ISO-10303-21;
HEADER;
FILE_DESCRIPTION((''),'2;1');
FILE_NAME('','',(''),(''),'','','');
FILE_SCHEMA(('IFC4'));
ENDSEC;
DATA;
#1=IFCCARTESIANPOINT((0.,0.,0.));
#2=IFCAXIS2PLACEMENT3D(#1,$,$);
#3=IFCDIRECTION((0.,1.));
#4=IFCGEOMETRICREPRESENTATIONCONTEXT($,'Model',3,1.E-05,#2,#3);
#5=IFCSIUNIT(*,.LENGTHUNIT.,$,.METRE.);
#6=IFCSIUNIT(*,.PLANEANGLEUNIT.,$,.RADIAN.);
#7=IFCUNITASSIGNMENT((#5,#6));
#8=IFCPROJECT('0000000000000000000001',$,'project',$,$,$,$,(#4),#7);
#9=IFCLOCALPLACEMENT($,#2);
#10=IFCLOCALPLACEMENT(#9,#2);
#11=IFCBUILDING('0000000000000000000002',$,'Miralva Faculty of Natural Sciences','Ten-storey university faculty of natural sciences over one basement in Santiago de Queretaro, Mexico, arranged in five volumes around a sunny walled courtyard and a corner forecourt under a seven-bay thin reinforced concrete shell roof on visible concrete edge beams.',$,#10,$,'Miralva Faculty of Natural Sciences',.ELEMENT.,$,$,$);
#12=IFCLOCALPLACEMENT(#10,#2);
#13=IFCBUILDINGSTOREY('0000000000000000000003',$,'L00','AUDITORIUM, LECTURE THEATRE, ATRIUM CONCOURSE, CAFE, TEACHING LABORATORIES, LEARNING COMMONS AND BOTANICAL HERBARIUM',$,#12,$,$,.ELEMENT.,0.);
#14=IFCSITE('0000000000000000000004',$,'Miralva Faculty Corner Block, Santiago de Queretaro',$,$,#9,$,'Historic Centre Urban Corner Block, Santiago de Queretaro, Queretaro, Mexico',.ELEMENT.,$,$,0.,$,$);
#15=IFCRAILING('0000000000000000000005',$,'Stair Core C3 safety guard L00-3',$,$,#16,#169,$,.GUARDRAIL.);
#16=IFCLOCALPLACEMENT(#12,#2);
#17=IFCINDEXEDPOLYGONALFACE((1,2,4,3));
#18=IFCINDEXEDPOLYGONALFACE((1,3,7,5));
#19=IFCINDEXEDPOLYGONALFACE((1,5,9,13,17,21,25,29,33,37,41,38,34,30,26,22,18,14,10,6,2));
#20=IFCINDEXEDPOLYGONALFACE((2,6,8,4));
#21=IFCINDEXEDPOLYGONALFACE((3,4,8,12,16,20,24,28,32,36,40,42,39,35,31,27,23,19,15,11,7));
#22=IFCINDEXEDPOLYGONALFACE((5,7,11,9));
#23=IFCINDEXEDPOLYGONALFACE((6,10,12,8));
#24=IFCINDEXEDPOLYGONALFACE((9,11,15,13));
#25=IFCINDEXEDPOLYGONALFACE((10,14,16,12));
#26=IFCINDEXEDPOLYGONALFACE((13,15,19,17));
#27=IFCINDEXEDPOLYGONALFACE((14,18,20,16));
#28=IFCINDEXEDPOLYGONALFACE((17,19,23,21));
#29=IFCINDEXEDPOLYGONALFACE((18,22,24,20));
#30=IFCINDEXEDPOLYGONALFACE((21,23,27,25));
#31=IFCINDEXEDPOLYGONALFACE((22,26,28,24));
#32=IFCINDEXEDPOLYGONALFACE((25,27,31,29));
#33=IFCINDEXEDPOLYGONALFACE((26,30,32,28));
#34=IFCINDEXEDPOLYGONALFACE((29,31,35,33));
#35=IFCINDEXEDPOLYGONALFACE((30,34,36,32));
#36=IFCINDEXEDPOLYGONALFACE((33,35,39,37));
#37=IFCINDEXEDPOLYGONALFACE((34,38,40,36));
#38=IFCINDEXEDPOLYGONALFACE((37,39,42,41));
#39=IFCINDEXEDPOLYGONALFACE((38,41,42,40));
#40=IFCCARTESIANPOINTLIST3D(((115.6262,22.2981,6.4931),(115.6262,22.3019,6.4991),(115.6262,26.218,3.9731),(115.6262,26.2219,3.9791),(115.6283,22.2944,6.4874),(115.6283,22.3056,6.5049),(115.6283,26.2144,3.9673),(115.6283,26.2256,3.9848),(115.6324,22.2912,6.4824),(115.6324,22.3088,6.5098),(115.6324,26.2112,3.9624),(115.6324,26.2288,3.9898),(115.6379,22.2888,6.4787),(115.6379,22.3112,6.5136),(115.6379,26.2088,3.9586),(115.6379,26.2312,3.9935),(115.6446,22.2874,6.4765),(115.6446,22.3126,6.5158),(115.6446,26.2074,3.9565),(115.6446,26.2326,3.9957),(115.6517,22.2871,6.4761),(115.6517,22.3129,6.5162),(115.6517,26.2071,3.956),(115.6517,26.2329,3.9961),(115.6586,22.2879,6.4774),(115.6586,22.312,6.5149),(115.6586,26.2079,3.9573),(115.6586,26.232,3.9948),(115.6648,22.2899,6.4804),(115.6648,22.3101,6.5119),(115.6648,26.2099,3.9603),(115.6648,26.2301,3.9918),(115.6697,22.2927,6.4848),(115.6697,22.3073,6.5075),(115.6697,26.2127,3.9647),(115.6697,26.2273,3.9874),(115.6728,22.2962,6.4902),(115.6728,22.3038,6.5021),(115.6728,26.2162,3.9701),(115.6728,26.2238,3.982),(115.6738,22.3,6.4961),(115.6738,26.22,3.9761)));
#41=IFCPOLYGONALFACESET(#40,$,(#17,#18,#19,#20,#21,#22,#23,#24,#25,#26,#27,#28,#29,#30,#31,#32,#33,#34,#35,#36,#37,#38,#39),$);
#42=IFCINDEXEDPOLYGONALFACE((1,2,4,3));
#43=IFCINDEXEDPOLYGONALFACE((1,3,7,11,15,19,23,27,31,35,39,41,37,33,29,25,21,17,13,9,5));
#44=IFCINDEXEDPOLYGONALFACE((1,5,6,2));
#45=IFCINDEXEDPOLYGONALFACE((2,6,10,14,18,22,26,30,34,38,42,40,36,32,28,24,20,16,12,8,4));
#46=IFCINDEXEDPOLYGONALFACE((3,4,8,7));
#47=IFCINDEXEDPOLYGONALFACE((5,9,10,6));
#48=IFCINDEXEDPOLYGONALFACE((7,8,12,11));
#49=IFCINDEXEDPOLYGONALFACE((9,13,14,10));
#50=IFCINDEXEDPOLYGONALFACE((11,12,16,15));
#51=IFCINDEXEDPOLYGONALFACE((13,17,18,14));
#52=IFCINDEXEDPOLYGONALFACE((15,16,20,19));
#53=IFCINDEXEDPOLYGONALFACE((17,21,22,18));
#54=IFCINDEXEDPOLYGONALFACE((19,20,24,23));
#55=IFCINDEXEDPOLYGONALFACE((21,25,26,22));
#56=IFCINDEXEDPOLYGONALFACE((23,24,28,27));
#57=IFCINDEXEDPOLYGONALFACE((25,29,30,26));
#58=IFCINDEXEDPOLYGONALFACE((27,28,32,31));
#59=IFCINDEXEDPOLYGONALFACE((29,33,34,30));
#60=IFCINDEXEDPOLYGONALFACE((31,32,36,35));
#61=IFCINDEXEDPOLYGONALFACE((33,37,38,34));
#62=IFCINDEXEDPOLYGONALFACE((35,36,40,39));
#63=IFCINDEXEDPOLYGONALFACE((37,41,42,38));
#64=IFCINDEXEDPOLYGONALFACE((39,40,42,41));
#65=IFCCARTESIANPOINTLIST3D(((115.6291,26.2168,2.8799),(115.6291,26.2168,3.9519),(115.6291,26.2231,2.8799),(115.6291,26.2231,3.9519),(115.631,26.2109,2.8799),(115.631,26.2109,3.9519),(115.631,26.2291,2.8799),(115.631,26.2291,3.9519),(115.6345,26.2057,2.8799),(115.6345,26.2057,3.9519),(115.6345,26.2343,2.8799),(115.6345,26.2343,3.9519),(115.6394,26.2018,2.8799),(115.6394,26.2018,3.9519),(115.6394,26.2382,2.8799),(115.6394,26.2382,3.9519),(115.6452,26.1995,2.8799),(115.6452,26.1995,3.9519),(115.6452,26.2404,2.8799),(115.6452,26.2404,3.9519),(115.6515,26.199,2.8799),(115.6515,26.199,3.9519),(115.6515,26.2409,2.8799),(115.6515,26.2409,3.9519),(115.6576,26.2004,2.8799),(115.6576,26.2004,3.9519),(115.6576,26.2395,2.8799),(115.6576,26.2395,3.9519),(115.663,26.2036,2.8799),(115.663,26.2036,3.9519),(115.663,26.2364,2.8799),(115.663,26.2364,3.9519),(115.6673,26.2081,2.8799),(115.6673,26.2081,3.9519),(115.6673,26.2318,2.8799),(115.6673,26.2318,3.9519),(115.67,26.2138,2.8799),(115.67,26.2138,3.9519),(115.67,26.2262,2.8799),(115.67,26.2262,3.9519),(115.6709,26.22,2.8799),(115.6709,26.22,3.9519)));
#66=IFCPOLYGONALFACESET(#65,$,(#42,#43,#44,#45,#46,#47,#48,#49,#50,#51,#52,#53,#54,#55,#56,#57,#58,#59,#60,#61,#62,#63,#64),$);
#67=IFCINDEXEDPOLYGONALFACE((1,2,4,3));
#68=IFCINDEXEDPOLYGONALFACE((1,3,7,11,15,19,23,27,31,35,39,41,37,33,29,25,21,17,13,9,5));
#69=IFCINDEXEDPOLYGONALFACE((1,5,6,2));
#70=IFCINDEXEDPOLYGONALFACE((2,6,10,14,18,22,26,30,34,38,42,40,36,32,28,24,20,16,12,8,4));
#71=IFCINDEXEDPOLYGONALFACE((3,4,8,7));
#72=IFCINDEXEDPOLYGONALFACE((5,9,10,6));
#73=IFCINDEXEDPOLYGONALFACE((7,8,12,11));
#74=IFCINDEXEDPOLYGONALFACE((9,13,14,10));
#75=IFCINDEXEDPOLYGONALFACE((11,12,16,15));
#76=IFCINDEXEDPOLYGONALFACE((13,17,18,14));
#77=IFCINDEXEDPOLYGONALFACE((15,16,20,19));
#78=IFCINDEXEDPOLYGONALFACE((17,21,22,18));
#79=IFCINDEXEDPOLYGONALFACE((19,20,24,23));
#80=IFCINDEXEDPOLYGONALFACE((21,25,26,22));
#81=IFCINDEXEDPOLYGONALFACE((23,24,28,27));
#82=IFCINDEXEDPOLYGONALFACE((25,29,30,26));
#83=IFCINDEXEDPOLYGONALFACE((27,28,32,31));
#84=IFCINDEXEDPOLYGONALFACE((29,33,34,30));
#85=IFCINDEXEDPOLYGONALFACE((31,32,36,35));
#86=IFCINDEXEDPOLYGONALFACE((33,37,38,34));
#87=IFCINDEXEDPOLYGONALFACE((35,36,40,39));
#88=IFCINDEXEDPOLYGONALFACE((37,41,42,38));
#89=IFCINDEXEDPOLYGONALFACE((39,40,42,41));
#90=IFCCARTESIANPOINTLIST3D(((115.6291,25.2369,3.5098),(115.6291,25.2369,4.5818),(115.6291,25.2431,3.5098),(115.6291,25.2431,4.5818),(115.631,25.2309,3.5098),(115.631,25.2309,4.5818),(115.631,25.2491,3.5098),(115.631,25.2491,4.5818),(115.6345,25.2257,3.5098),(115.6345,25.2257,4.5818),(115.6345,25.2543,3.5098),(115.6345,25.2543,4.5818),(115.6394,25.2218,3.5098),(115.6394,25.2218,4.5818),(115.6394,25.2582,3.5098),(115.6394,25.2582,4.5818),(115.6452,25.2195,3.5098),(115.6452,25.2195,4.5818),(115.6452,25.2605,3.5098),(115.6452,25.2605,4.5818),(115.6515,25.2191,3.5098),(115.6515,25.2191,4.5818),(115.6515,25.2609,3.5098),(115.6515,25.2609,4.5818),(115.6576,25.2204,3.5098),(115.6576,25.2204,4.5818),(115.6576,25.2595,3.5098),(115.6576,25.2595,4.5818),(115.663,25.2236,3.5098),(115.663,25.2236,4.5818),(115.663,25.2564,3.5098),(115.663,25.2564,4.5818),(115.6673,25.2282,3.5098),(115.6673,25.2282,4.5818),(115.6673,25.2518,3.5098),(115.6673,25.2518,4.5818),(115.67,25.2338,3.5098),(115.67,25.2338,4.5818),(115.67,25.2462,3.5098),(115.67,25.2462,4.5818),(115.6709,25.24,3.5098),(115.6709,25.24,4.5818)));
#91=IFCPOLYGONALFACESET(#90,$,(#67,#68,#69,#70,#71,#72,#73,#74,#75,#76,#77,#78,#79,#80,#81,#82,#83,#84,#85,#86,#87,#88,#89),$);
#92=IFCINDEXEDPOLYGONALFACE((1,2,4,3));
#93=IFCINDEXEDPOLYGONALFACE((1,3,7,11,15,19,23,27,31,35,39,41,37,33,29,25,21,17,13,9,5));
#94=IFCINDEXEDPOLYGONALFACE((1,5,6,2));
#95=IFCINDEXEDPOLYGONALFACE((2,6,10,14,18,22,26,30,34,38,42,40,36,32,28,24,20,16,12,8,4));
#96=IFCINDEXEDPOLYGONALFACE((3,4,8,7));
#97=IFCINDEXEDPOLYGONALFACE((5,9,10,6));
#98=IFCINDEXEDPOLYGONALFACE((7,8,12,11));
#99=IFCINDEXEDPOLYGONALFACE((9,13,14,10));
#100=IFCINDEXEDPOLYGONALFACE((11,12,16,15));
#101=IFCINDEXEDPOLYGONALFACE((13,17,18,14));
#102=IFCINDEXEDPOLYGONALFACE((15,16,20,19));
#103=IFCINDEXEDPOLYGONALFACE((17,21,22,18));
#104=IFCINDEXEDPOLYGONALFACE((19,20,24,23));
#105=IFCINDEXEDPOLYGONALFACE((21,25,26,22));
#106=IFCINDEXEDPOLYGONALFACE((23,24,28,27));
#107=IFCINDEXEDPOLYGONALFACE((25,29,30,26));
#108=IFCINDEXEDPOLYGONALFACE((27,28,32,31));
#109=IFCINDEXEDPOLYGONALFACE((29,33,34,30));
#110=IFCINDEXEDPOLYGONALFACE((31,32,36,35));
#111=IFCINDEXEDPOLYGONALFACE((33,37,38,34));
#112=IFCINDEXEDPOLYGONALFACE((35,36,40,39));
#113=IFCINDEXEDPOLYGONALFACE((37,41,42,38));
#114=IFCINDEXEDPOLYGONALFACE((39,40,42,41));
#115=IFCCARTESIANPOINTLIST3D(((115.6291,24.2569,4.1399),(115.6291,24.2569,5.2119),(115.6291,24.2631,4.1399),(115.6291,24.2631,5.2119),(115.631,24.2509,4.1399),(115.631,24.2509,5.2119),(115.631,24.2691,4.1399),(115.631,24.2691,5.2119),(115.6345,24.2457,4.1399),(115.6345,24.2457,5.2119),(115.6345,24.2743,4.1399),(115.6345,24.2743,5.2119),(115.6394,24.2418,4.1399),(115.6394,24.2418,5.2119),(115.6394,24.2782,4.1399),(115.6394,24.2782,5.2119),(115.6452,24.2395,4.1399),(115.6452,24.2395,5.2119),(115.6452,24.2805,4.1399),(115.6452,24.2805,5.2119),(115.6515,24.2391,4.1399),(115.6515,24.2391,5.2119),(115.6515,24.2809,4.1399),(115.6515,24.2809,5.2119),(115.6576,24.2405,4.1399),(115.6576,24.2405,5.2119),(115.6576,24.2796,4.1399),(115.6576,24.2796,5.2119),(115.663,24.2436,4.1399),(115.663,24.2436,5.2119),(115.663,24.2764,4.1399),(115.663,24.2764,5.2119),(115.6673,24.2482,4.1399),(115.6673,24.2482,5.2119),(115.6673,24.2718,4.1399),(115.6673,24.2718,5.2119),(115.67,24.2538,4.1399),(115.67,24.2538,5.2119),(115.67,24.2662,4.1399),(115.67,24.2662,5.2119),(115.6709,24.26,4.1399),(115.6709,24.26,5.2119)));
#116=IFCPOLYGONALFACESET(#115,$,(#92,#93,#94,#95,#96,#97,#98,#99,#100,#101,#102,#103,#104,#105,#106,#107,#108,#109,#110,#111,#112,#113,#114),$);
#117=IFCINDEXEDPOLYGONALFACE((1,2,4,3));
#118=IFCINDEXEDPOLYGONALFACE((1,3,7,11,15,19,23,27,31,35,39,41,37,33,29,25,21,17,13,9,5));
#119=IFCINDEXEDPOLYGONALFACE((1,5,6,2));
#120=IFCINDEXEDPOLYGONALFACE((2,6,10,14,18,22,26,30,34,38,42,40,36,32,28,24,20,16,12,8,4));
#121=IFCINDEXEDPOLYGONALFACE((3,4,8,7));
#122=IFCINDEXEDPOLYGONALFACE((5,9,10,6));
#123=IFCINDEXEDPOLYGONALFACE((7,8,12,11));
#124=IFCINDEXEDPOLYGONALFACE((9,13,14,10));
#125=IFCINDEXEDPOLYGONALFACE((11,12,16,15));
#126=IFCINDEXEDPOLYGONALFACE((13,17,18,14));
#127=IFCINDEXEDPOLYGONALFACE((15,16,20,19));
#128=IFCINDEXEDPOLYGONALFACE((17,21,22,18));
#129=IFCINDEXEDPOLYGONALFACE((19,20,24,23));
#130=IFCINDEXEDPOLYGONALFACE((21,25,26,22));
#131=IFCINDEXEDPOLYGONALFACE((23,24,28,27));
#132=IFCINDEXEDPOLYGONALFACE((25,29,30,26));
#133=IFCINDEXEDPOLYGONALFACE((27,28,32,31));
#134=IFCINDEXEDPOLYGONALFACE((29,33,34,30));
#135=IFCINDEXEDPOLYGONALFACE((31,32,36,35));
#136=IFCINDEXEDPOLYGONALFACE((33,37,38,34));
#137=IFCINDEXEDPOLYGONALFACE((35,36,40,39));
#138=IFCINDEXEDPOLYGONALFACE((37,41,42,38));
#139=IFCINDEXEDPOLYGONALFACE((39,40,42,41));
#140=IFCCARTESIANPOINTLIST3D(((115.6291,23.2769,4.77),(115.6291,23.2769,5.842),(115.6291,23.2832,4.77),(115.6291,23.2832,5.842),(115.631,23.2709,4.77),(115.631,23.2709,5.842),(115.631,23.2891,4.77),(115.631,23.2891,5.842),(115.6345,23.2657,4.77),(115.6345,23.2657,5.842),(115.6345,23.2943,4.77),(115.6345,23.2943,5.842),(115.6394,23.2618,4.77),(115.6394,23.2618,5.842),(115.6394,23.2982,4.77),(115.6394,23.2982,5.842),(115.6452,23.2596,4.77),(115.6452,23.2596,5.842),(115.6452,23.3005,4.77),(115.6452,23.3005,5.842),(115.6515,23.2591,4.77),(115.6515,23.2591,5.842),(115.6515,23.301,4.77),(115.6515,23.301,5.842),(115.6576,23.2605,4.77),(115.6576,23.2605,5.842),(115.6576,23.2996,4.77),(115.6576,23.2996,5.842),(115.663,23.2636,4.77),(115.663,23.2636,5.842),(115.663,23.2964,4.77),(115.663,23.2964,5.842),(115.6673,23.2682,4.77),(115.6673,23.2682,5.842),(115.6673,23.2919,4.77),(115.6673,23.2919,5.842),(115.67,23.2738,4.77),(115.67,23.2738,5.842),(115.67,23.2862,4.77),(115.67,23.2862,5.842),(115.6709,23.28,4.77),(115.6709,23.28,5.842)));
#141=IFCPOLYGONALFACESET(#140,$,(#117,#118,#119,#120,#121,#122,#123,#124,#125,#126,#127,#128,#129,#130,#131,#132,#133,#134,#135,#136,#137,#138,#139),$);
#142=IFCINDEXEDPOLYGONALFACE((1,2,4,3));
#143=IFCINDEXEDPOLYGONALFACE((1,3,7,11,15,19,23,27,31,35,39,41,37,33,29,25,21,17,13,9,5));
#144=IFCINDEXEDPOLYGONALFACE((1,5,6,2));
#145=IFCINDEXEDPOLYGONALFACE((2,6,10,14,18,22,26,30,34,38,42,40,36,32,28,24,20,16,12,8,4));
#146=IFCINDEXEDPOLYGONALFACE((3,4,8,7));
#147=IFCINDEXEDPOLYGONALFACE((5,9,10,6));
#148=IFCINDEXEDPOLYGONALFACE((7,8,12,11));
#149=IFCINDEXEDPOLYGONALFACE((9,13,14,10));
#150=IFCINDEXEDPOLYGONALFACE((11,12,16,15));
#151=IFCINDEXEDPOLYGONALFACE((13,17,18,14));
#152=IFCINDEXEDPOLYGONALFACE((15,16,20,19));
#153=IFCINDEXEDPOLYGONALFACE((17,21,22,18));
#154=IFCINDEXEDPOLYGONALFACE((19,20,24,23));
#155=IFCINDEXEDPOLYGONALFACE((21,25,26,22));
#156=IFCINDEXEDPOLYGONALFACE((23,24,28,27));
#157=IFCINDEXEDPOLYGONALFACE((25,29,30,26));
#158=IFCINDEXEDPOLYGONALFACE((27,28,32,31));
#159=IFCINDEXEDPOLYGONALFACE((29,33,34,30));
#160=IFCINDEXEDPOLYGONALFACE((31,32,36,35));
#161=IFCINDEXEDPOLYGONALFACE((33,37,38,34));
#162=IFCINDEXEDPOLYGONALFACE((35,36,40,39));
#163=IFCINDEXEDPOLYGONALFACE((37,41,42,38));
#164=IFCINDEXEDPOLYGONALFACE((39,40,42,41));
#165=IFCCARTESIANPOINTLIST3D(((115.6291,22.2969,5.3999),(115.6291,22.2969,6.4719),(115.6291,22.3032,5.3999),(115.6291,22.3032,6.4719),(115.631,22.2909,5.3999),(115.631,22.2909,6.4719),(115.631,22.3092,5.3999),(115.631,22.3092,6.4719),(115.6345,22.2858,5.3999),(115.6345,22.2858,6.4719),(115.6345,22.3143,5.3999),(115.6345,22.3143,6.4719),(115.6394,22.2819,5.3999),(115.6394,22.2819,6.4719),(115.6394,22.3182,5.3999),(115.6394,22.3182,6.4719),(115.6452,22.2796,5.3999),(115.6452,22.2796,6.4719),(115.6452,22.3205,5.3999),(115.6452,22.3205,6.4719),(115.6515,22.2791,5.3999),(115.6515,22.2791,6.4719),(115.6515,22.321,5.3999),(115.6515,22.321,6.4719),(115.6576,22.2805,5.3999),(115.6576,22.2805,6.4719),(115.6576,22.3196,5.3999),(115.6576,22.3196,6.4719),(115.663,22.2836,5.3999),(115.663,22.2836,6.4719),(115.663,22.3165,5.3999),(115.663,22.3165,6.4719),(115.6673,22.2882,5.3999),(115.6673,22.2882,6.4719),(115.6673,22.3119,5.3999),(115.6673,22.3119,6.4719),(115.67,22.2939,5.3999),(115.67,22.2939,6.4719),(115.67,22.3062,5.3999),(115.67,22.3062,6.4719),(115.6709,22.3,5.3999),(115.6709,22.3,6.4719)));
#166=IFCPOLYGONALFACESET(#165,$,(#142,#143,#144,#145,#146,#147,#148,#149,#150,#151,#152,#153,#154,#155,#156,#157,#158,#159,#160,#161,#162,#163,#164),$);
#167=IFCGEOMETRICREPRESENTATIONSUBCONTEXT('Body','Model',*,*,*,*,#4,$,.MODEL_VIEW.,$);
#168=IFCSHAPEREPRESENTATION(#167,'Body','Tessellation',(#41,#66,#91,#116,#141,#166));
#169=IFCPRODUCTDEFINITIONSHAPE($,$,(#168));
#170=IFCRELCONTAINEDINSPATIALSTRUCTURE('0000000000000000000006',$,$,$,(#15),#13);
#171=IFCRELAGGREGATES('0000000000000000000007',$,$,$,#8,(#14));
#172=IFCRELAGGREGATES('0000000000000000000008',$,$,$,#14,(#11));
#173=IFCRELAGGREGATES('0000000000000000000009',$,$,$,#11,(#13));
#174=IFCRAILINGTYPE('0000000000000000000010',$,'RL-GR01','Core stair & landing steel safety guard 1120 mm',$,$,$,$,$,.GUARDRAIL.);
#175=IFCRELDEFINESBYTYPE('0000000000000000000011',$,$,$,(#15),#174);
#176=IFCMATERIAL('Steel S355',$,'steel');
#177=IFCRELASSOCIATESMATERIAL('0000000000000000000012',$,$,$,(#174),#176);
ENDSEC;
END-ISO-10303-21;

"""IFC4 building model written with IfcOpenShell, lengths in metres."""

from ifc_helpers import new_model, si_unit, direction, frame, origin, origin_2d, place, context, subcontext, project, spatial, circle, extrude, material, type_object, element, save


model = new_model("IFC4")

# Units and contexts
model_context = context("Model", 3, precision=1e-05, world=origin(), true_north=direction((0.0, 1.0)))
body_context = subcontext(model_context, "Body", "Model", "MODEL_VIEW")
ifc_project = project(units=[si_unit("LENGTHUNIT", "METRE"), si_unit("PLANEANGLEUNIT", "RADIAN")], contexts=[model_context])

# Site, building, storey
site_placement = place(None, origin())
site = spatial("IfcSite", under=ifc_project, at=site_placement, Name="Miralva Faculty Corner Block, Santiago de Queretaro", LongName="Historic Centre Urban Corner Block, Santiago de Queretaro, Queretaro, Mexico", CompositionType="ELEMENT", RefElevation=0.0)
building_placement = place(site_placement, origin())
building = spatial("IfcBuilding", under=site, at=building_placement, Name="Miralva Faculty of Natural Sciences", Description="Ten-storey university faculty of natural sciences over one basement in Santiago de Queretaro, Mexico, arranged in five volumes around a sunny walled courtyard and a corner forecourt under a seven-bay thin reinforced concrete shell roof on visible concrete edge beams.", LongName="Miralva Faculty of Natural Sciences", CompositionType="ELEMENT")
storey_placement = place(building_placement, origin())
storey = spatial("IfcBuildingStorey", under=building, at=storey_placement, Name="L00", Description="AUDITORIUM, LECTURE THEATRE, ATRIUM CONCOURSE, CAFE, TEACHING LABORATORIES, LEARNING COMMONS AND BOTANICAL HERBARIUM", CompositionType="ELEMENT", Elevation=0.0)

# Railing
ifc_material_1 = material(Name="Steel S355", Category="steel")
railing_type_1 = type_object("IfcRailingType", Name="RL-GR01", Description="Core stair & landing steel safety guard 1120 mm", PredefinedType="GUARDRAIL", material=ifc_material_1)
railing_1_placement = place(storey_placement, frame((115.6499, 26.22, 2.8799)))
element("IfcRailing", 1, at=railing_1_placement, inside=storey, type_object=railing_type_1, Name="Stair Core C3 safety guard L00-3", PredefinedType="GUARDRAIL", context=body_context, shape_type="SweptSolid", body=[
    extrude(circle(Radius=0.0239, at=origin_2d()), frame((0.0, 0.0, 1.0962), z_axis=(0.0, -0.841172, 0.540768), x_axis=(1.0, 0.0, 0.0)), (0.0, 0.0, 1.0), 4.6602),
    extrude(circle(Radius=0.021, at=origin_2d()), origin(), (0.0, 0.0, 1.0), 1.072),
    extrude(circle(Radius=0.021, at=origin_2d()), frame((0.0, -0.98, 0.6299)), (0.0, 0.0, 1.0), 1.072),
    extrude(circle(Radius=0.021, at=origin_2d()), frame((0.0, -1.96, 1.26)), (0.0, 0.0, 1.0), 1.072),
    extrude(circle(Radius=0.021, at=origin_2d()), frame((0.0, -2.9399, 1.8901)), (0.0, 0.0, 1.0), 1.072),
    extrude(circle(Radius=0.021, at=origin_2d()), frame((0.0, -3.9199, 2.52)), (0.0, 0.0, 1.0), 1.072),
])

save(model, "model.ifc")
